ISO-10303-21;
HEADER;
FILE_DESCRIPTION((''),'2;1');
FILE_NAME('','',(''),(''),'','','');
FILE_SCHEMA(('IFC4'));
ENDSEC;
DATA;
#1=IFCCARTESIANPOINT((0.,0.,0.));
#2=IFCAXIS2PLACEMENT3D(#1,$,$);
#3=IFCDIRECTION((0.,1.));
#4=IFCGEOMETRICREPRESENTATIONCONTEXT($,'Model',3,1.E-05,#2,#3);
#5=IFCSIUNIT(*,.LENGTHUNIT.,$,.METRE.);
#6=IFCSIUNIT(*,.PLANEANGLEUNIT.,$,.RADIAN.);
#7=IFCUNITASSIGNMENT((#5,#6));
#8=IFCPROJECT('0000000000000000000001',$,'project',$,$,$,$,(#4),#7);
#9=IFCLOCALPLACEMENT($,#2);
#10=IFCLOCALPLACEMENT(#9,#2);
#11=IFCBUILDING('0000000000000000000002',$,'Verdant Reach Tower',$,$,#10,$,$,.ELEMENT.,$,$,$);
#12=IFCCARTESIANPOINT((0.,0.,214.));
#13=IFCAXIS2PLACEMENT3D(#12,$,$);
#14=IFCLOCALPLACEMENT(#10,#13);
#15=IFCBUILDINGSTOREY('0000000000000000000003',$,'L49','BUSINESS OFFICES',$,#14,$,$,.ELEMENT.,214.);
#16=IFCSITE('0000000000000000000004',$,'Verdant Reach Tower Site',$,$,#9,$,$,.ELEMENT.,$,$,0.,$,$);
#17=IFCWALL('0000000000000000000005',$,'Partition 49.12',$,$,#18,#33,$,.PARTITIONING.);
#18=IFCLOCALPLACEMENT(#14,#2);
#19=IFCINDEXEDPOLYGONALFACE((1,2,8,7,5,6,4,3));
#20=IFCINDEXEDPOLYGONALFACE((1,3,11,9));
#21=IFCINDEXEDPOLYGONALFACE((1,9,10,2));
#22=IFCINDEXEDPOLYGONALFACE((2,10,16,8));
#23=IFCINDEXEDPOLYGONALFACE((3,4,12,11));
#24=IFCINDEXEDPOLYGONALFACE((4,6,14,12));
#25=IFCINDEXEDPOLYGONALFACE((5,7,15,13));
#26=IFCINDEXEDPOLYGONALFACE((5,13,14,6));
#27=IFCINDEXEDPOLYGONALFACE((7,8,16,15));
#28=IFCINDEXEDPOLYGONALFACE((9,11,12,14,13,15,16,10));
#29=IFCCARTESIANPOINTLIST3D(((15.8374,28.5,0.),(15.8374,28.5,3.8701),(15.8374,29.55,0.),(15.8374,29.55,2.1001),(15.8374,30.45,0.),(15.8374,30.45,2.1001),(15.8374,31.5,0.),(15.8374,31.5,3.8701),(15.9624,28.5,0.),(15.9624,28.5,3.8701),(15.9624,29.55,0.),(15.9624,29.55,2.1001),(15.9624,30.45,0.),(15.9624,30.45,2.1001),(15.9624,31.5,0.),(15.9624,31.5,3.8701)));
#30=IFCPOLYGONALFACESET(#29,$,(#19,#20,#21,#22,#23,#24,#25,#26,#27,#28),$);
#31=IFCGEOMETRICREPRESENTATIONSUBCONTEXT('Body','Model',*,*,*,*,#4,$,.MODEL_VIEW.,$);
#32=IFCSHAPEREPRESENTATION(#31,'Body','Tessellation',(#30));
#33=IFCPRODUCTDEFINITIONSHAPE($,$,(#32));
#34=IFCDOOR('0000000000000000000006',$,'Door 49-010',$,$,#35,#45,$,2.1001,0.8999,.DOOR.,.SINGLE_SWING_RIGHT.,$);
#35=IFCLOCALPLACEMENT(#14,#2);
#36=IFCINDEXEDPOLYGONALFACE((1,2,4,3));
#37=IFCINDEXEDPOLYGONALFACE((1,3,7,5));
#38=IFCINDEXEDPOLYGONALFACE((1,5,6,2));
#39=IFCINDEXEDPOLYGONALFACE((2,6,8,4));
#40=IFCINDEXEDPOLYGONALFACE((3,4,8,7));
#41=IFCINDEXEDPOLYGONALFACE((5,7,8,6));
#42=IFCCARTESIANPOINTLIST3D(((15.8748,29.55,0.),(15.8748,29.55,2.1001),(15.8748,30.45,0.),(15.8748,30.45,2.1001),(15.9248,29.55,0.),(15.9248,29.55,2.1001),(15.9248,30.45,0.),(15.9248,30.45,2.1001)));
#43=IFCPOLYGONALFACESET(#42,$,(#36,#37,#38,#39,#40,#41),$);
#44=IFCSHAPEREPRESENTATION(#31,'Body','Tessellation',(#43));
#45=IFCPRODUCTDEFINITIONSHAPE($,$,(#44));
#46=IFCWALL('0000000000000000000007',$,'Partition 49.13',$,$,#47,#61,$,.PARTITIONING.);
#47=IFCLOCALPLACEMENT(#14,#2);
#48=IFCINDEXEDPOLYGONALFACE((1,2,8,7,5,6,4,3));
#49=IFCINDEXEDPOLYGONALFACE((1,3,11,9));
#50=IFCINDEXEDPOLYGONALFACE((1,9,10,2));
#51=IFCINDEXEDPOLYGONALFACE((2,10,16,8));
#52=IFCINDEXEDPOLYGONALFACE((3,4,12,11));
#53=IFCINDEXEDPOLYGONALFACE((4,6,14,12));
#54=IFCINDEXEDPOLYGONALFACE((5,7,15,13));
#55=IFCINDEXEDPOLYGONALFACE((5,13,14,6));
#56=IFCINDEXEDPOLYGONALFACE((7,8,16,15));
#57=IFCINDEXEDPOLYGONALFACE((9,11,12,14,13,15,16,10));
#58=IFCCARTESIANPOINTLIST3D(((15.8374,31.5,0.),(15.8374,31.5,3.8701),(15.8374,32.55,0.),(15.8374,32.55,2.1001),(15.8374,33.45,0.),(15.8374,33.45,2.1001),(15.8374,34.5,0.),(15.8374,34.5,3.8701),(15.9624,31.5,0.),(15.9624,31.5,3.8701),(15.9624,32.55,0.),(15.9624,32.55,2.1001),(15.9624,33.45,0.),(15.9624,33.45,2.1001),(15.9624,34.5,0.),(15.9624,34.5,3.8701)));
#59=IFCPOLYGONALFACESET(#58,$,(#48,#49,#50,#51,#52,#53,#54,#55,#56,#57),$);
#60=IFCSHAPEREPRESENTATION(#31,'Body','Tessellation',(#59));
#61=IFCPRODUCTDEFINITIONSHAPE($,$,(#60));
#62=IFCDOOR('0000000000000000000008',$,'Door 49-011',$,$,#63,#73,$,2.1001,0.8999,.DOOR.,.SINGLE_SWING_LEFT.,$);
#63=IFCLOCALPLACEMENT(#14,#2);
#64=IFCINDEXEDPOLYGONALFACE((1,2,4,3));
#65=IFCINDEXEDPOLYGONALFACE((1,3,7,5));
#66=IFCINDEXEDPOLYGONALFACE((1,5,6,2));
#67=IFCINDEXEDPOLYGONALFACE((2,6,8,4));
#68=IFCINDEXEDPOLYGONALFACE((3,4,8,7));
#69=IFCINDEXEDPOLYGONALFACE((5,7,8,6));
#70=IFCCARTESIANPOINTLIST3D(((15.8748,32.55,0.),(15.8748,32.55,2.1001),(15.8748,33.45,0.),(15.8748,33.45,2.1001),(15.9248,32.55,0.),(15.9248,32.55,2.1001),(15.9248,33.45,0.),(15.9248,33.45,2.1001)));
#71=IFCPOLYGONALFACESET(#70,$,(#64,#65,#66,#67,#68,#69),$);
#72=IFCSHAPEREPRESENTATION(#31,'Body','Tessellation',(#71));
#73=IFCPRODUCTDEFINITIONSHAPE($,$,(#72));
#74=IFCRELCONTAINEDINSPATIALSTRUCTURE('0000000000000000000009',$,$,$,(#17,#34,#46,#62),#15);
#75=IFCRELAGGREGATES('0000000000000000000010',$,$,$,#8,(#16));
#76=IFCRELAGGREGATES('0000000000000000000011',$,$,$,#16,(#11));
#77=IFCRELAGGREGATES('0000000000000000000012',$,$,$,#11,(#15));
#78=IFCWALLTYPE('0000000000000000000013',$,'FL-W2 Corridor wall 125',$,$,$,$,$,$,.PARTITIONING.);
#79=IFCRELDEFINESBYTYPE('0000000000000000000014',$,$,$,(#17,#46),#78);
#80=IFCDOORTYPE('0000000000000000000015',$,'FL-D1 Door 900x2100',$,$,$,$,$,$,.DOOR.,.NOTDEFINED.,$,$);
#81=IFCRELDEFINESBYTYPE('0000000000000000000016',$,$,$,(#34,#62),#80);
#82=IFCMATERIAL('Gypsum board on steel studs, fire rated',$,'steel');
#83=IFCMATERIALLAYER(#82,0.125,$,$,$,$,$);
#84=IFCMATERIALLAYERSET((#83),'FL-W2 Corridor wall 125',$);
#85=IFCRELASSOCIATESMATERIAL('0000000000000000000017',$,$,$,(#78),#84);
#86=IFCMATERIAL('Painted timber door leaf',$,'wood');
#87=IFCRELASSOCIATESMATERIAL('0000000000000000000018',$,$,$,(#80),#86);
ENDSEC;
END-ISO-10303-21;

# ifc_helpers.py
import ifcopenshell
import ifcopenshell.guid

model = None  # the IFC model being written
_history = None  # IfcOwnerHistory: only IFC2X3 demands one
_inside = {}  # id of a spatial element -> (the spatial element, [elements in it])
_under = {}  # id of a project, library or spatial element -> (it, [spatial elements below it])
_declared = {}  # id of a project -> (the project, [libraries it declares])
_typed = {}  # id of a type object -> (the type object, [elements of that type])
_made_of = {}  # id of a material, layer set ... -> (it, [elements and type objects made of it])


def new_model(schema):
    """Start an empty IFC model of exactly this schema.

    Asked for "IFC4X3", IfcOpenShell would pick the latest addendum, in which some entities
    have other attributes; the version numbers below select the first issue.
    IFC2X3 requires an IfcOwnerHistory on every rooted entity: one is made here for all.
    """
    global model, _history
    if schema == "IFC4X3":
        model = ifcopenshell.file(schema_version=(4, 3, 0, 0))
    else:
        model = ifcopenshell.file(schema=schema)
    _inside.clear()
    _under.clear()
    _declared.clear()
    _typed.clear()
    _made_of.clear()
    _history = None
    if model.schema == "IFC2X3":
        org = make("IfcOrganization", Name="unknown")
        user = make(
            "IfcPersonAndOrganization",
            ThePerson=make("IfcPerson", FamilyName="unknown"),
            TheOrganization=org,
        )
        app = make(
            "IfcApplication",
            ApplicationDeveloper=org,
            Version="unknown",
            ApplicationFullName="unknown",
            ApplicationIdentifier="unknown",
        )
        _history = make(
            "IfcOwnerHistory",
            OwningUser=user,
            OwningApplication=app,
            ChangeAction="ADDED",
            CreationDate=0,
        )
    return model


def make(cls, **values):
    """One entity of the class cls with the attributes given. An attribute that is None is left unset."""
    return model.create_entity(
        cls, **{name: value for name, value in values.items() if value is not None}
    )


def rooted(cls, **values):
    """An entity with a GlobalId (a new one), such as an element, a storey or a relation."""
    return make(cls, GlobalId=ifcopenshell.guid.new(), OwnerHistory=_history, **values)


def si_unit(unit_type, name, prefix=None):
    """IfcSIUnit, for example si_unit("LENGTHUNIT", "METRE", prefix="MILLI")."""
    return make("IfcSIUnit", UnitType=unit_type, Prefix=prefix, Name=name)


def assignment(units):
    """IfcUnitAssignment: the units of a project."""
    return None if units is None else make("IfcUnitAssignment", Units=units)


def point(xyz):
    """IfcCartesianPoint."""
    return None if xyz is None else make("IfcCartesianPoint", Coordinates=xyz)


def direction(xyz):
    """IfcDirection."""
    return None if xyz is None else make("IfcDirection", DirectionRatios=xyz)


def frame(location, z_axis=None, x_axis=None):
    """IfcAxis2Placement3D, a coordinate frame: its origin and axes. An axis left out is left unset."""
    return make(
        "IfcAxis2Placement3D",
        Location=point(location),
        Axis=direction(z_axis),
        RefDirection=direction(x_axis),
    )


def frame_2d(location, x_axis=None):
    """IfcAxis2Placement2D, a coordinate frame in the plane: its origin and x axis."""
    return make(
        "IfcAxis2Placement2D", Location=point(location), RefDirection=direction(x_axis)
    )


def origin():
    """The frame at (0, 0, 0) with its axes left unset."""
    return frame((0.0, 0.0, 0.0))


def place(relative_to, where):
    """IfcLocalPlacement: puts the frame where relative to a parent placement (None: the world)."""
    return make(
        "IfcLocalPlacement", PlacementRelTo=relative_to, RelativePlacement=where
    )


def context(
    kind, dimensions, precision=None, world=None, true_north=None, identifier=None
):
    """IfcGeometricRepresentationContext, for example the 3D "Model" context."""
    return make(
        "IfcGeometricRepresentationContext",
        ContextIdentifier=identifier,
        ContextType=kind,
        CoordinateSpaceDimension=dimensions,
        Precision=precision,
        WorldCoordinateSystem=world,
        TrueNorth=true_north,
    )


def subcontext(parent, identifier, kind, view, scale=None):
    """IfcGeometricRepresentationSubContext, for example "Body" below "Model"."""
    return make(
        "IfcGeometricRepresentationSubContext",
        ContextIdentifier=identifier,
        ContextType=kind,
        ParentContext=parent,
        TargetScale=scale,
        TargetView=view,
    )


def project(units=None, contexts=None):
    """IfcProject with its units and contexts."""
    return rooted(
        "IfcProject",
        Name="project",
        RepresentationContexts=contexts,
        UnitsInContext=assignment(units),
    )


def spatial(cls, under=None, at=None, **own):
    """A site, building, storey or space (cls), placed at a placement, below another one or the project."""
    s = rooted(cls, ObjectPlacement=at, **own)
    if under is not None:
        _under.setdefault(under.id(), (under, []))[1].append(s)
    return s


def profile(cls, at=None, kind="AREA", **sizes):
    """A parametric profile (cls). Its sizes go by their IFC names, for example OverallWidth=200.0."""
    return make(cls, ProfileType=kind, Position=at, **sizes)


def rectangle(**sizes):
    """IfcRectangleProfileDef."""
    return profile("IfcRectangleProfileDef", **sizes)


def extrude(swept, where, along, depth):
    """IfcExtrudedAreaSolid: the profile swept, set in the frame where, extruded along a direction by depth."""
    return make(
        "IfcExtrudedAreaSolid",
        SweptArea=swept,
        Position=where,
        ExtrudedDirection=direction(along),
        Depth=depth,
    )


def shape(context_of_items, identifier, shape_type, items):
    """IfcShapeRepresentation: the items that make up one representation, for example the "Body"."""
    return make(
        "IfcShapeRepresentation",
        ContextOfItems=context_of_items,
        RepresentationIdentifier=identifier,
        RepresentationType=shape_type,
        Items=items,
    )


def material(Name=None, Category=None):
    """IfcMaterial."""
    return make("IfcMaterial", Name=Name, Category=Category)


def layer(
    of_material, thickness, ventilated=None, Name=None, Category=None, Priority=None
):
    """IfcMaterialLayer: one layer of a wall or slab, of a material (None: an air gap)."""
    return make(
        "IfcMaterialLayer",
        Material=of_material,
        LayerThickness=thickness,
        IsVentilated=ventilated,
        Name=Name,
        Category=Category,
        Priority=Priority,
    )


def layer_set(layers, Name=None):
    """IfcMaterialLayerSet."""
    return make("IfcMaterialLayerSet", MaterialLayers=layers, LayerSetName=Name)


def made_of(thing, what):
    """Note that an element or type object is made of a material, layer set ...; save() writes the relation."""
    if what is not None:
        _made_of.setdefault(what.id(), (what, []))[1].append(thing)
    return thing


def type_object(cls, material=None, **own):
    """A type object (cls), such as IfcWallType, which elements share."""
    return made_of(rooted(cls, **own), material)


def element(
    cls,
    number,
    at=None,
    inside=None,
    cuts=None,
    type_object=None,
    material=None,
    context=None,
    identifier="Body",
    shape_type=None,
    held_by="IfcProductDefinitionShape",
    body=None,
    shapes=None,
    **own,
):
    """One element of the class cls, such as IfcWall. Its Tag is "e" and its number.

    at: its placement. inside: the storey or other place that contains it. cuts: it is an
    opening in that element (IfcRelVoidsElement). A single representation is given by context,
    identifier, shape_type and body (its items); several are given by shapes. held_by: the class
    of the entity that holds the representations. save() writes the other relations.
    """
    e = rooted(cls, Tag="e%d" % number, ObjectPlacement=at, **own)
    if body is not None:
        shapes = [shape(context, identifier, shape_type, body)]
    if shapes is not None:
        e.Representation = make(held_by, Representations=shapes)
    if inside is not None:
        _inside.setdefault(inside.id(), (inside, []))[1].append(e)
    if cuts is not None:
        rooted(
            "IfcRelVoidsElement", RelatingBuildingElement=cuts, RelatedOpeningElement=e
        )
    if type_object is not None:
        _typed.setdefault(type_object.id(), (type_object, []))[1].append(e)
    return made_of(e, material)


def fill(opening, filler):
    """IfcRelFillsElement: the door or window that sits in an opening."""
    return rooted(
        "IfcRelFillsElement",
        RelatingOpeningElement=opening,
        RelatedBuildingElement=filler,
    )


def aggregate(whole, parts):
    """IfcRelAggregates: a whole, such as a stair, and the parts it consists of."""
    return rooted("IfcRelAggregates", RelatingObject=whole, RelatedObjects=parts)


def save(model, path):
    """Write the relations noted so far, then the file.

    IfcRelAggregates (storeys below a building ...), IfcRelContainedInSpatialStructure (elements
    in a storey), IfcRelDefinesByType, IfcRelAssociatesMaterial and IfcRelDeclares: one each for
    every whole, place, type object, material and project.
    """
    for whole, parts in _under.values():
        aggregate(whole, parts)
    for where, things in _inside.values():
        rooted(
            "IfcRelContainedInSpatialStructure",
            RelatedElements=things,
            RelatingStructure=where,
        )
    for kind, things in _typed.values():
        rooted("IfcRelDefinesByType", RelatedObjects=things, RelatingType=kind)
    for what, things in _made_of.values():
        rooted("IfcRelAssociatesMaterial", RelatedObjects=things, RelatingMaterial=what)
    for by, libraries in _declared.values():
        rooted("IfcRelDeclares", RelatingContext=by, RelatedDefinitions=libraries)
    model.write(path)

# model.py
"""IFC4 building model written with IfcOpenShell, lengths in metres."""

from ifc_helpers import new_model, si_unit, direction, frame, frame_2d, origin, place, context, subcontext, project, spatial, rectangle, extrude, material, layer, layer_set, type_object, element, fill, save


model = new_model("IFC4")

# Units and contexts
model_context = context("Model", 3, precision=1e-05, world=origin(), true_north=direction((0.0, 1.0)))
body_context = subcontext(model_context, "Body", "Model", "MODEL_VIEW")
ifc_project = project(units=[si_unit("LENGTHUNIT", "METRE"), si_unit("PLANEANGLEUNIT", "RADIAN")], contexts=[model_context])

# Site, building, storey
site_placement = place(None, origin())
site = spatial("IfcSite", under=ifc_project, at=site_placement, Name="Verdant Reach Tower Site", CompositionType="ELEMENT", RefElevation=0.0)
building_placement = place(site_placement, origin())
building = spatial("IfcBuilding", under=site, at=building_placement, Name="Verdant Reach Tower", CompositionType="ELEMENT")
storey_placement = place(building_placement, frame((0.0, 0.0, 214.0)))
storey = spatial("IfcBuildingStorey", under=building, at=storey_placement, Name="L49", Description="BUSINESS OFFICES", CompositionType="ELEMENT", Elevation=214.0)

# Walls, openings, doors
ifc_material_1 = material(Name="Gypsum board on steel studs, fire rated", Category="steel")
ifc_layer_1 = layer(ifc_material_1, 0.125)
ifc_layer_set_1 = layer_set([ifc_layer_1], Name="FL-W2 Corridor wall 125")
wall_type_1 = type_object("IfcWallType", Name="FL-W2 Corridor wall 125", PredefinedType="PARTITIONING", material=ifc_layer_set_1)
wall_1_placement = place(storey_placement, frame((15.8999, 31.5, 0.0), z_axis=(0.0, 0.0, 1.0), x_axis=(0.0, -1.0, 0.0)))
wall_1 = element("IfcWall", 1, at=wall_1_placement, inside=storey, type_object=wall_type_1, Name="Partition 49.12", PredefinedType="PARTITIONING", context=body_context, shape_type="SweptSolid", body=[
    extrude(rectangle(XDim=3.0, YDim=0.125, at=frame_2d((1.5, 0.0))), origin(), (0.0, 0.0, 1.0), 3.8701),
])
opening_1_placement = place(wall_1_placement, frame((1.05, 0.0, 0.0)))
opening_1 = element("IfcOpeningElement", 2, at=opening_1_placement, cuts=wall_1, PredefinedType="OPENING", context=body_context, shape_type="SweptSolid", body=[
    extrude(rectangle(XDim=0.8999, YDim=2.1001, at=frame_2d((0.45, 1.05))), frame((0.0, 0.0725, 0.0), z_axis=(0.0, -1.0, 0.0), x_axis=(1.0, 0.0, 0.0)), (0.0, 0.0, 1.0), 0.145),
])
ifc_material_2 = material(Name="Painted timber door leaf", Category="wood")
door_type_1 = type_object("IfcDoorType", Name="FL-D1 Door 900x2100", OperationType="NOTDEFINED", PredefinedType="DOOR", material=ifc_material_2)
door_1_placement = place(opening_1_placement, origin())
door_1 = element("IfcDoor", 3, at=door_1_placement, inside=storey, type_object=door_type_1, Name="Door 49-010", OperationType="SINGLE_SWING_RIGHT", OverallHeight=2.1001, OverallWidth=0.8999, PredefinedType="DOOR", context=body_context, shape_type="SweptSolid", body=[
    extrude(rectangle(XDim=0.8999, YDim=2.1001, at=frame_2d((0.45, 1.05))), frame((0.0, 0.0249, 0.0), z_axis=(0.0, -1.0, 0.0), x_axis=(1.0, 0.0, 0.0)), (0.0, 0.0, 1.0), 0.05),
])
fill(opening_1, door_1)
wall_2_placement = place(storey_placement, frame((15.8999, 34.5, 0.0), z_axis=(0.0, 0.0, 1.0), x_axis=(0.0, -1.0, 0.0)))
wall_2 = element("IfcWall", 4, at=wall_2_placement, inside=storey, type_object=wall_type_1, Name="Partition 49.13", PredefinedType="PARTITIONING", context=body_context, shape_type="SweptSolid", body=[
    extrude(rectangle(XDim=3.0, YDim=0.125, at=frame_2d((1.5, 0.0))), origin(), (0.0, 0.0, 1.0), 3.8701),
])
opening_2_placement = place(wall_2_placement, frame((1.05, 0.0, 0.0)))
opening_2 = element("IfcOpeningElement", 5, at=opening_2_placement, cuts=wall_2, PredefinedType="OPENING", context=body_context, shape_type="SweptSolid", body=[
    extrude(rectangle(XDim=0.8999, YDim=2.1001, at=frame_2d((0.45, 1.05))), frame((0.0, 0.0725, 0.0), z_axis=(0.0, -1.0, 0.0), x_axis=(1.0, 0.0, 0.0)), (0.0, 0.0, 1.0), 0.145),
])
door_2_placement = place(opening_2_placement, origin())
door_2 = element("IfcDoor", 6, at=door_2_placement, inside=storey, type_object=door_type_1, Name="Door 49-011", OperationType="SINGLE_SWING_LEFT", OverallHeight=2.1001, OverallWidth=0.8999, PredefinedType="DOOR", context=body_context, shape_type="SweptSolid", body=[
    extrude(rectangle(XDim=0.8999, YDim=2.1001, at=frame_2d((0.45, 1.05))), frame((0.0, 0.0249, 0.0), z_axis=(0.0, -1.0, 0.0), x_axis=(1.0, 0.0, 0.0)), (0.0, 0.0, 1.0), 0.05),
])
fill(opening_2, door_2)

save(model, "model.ifc")
